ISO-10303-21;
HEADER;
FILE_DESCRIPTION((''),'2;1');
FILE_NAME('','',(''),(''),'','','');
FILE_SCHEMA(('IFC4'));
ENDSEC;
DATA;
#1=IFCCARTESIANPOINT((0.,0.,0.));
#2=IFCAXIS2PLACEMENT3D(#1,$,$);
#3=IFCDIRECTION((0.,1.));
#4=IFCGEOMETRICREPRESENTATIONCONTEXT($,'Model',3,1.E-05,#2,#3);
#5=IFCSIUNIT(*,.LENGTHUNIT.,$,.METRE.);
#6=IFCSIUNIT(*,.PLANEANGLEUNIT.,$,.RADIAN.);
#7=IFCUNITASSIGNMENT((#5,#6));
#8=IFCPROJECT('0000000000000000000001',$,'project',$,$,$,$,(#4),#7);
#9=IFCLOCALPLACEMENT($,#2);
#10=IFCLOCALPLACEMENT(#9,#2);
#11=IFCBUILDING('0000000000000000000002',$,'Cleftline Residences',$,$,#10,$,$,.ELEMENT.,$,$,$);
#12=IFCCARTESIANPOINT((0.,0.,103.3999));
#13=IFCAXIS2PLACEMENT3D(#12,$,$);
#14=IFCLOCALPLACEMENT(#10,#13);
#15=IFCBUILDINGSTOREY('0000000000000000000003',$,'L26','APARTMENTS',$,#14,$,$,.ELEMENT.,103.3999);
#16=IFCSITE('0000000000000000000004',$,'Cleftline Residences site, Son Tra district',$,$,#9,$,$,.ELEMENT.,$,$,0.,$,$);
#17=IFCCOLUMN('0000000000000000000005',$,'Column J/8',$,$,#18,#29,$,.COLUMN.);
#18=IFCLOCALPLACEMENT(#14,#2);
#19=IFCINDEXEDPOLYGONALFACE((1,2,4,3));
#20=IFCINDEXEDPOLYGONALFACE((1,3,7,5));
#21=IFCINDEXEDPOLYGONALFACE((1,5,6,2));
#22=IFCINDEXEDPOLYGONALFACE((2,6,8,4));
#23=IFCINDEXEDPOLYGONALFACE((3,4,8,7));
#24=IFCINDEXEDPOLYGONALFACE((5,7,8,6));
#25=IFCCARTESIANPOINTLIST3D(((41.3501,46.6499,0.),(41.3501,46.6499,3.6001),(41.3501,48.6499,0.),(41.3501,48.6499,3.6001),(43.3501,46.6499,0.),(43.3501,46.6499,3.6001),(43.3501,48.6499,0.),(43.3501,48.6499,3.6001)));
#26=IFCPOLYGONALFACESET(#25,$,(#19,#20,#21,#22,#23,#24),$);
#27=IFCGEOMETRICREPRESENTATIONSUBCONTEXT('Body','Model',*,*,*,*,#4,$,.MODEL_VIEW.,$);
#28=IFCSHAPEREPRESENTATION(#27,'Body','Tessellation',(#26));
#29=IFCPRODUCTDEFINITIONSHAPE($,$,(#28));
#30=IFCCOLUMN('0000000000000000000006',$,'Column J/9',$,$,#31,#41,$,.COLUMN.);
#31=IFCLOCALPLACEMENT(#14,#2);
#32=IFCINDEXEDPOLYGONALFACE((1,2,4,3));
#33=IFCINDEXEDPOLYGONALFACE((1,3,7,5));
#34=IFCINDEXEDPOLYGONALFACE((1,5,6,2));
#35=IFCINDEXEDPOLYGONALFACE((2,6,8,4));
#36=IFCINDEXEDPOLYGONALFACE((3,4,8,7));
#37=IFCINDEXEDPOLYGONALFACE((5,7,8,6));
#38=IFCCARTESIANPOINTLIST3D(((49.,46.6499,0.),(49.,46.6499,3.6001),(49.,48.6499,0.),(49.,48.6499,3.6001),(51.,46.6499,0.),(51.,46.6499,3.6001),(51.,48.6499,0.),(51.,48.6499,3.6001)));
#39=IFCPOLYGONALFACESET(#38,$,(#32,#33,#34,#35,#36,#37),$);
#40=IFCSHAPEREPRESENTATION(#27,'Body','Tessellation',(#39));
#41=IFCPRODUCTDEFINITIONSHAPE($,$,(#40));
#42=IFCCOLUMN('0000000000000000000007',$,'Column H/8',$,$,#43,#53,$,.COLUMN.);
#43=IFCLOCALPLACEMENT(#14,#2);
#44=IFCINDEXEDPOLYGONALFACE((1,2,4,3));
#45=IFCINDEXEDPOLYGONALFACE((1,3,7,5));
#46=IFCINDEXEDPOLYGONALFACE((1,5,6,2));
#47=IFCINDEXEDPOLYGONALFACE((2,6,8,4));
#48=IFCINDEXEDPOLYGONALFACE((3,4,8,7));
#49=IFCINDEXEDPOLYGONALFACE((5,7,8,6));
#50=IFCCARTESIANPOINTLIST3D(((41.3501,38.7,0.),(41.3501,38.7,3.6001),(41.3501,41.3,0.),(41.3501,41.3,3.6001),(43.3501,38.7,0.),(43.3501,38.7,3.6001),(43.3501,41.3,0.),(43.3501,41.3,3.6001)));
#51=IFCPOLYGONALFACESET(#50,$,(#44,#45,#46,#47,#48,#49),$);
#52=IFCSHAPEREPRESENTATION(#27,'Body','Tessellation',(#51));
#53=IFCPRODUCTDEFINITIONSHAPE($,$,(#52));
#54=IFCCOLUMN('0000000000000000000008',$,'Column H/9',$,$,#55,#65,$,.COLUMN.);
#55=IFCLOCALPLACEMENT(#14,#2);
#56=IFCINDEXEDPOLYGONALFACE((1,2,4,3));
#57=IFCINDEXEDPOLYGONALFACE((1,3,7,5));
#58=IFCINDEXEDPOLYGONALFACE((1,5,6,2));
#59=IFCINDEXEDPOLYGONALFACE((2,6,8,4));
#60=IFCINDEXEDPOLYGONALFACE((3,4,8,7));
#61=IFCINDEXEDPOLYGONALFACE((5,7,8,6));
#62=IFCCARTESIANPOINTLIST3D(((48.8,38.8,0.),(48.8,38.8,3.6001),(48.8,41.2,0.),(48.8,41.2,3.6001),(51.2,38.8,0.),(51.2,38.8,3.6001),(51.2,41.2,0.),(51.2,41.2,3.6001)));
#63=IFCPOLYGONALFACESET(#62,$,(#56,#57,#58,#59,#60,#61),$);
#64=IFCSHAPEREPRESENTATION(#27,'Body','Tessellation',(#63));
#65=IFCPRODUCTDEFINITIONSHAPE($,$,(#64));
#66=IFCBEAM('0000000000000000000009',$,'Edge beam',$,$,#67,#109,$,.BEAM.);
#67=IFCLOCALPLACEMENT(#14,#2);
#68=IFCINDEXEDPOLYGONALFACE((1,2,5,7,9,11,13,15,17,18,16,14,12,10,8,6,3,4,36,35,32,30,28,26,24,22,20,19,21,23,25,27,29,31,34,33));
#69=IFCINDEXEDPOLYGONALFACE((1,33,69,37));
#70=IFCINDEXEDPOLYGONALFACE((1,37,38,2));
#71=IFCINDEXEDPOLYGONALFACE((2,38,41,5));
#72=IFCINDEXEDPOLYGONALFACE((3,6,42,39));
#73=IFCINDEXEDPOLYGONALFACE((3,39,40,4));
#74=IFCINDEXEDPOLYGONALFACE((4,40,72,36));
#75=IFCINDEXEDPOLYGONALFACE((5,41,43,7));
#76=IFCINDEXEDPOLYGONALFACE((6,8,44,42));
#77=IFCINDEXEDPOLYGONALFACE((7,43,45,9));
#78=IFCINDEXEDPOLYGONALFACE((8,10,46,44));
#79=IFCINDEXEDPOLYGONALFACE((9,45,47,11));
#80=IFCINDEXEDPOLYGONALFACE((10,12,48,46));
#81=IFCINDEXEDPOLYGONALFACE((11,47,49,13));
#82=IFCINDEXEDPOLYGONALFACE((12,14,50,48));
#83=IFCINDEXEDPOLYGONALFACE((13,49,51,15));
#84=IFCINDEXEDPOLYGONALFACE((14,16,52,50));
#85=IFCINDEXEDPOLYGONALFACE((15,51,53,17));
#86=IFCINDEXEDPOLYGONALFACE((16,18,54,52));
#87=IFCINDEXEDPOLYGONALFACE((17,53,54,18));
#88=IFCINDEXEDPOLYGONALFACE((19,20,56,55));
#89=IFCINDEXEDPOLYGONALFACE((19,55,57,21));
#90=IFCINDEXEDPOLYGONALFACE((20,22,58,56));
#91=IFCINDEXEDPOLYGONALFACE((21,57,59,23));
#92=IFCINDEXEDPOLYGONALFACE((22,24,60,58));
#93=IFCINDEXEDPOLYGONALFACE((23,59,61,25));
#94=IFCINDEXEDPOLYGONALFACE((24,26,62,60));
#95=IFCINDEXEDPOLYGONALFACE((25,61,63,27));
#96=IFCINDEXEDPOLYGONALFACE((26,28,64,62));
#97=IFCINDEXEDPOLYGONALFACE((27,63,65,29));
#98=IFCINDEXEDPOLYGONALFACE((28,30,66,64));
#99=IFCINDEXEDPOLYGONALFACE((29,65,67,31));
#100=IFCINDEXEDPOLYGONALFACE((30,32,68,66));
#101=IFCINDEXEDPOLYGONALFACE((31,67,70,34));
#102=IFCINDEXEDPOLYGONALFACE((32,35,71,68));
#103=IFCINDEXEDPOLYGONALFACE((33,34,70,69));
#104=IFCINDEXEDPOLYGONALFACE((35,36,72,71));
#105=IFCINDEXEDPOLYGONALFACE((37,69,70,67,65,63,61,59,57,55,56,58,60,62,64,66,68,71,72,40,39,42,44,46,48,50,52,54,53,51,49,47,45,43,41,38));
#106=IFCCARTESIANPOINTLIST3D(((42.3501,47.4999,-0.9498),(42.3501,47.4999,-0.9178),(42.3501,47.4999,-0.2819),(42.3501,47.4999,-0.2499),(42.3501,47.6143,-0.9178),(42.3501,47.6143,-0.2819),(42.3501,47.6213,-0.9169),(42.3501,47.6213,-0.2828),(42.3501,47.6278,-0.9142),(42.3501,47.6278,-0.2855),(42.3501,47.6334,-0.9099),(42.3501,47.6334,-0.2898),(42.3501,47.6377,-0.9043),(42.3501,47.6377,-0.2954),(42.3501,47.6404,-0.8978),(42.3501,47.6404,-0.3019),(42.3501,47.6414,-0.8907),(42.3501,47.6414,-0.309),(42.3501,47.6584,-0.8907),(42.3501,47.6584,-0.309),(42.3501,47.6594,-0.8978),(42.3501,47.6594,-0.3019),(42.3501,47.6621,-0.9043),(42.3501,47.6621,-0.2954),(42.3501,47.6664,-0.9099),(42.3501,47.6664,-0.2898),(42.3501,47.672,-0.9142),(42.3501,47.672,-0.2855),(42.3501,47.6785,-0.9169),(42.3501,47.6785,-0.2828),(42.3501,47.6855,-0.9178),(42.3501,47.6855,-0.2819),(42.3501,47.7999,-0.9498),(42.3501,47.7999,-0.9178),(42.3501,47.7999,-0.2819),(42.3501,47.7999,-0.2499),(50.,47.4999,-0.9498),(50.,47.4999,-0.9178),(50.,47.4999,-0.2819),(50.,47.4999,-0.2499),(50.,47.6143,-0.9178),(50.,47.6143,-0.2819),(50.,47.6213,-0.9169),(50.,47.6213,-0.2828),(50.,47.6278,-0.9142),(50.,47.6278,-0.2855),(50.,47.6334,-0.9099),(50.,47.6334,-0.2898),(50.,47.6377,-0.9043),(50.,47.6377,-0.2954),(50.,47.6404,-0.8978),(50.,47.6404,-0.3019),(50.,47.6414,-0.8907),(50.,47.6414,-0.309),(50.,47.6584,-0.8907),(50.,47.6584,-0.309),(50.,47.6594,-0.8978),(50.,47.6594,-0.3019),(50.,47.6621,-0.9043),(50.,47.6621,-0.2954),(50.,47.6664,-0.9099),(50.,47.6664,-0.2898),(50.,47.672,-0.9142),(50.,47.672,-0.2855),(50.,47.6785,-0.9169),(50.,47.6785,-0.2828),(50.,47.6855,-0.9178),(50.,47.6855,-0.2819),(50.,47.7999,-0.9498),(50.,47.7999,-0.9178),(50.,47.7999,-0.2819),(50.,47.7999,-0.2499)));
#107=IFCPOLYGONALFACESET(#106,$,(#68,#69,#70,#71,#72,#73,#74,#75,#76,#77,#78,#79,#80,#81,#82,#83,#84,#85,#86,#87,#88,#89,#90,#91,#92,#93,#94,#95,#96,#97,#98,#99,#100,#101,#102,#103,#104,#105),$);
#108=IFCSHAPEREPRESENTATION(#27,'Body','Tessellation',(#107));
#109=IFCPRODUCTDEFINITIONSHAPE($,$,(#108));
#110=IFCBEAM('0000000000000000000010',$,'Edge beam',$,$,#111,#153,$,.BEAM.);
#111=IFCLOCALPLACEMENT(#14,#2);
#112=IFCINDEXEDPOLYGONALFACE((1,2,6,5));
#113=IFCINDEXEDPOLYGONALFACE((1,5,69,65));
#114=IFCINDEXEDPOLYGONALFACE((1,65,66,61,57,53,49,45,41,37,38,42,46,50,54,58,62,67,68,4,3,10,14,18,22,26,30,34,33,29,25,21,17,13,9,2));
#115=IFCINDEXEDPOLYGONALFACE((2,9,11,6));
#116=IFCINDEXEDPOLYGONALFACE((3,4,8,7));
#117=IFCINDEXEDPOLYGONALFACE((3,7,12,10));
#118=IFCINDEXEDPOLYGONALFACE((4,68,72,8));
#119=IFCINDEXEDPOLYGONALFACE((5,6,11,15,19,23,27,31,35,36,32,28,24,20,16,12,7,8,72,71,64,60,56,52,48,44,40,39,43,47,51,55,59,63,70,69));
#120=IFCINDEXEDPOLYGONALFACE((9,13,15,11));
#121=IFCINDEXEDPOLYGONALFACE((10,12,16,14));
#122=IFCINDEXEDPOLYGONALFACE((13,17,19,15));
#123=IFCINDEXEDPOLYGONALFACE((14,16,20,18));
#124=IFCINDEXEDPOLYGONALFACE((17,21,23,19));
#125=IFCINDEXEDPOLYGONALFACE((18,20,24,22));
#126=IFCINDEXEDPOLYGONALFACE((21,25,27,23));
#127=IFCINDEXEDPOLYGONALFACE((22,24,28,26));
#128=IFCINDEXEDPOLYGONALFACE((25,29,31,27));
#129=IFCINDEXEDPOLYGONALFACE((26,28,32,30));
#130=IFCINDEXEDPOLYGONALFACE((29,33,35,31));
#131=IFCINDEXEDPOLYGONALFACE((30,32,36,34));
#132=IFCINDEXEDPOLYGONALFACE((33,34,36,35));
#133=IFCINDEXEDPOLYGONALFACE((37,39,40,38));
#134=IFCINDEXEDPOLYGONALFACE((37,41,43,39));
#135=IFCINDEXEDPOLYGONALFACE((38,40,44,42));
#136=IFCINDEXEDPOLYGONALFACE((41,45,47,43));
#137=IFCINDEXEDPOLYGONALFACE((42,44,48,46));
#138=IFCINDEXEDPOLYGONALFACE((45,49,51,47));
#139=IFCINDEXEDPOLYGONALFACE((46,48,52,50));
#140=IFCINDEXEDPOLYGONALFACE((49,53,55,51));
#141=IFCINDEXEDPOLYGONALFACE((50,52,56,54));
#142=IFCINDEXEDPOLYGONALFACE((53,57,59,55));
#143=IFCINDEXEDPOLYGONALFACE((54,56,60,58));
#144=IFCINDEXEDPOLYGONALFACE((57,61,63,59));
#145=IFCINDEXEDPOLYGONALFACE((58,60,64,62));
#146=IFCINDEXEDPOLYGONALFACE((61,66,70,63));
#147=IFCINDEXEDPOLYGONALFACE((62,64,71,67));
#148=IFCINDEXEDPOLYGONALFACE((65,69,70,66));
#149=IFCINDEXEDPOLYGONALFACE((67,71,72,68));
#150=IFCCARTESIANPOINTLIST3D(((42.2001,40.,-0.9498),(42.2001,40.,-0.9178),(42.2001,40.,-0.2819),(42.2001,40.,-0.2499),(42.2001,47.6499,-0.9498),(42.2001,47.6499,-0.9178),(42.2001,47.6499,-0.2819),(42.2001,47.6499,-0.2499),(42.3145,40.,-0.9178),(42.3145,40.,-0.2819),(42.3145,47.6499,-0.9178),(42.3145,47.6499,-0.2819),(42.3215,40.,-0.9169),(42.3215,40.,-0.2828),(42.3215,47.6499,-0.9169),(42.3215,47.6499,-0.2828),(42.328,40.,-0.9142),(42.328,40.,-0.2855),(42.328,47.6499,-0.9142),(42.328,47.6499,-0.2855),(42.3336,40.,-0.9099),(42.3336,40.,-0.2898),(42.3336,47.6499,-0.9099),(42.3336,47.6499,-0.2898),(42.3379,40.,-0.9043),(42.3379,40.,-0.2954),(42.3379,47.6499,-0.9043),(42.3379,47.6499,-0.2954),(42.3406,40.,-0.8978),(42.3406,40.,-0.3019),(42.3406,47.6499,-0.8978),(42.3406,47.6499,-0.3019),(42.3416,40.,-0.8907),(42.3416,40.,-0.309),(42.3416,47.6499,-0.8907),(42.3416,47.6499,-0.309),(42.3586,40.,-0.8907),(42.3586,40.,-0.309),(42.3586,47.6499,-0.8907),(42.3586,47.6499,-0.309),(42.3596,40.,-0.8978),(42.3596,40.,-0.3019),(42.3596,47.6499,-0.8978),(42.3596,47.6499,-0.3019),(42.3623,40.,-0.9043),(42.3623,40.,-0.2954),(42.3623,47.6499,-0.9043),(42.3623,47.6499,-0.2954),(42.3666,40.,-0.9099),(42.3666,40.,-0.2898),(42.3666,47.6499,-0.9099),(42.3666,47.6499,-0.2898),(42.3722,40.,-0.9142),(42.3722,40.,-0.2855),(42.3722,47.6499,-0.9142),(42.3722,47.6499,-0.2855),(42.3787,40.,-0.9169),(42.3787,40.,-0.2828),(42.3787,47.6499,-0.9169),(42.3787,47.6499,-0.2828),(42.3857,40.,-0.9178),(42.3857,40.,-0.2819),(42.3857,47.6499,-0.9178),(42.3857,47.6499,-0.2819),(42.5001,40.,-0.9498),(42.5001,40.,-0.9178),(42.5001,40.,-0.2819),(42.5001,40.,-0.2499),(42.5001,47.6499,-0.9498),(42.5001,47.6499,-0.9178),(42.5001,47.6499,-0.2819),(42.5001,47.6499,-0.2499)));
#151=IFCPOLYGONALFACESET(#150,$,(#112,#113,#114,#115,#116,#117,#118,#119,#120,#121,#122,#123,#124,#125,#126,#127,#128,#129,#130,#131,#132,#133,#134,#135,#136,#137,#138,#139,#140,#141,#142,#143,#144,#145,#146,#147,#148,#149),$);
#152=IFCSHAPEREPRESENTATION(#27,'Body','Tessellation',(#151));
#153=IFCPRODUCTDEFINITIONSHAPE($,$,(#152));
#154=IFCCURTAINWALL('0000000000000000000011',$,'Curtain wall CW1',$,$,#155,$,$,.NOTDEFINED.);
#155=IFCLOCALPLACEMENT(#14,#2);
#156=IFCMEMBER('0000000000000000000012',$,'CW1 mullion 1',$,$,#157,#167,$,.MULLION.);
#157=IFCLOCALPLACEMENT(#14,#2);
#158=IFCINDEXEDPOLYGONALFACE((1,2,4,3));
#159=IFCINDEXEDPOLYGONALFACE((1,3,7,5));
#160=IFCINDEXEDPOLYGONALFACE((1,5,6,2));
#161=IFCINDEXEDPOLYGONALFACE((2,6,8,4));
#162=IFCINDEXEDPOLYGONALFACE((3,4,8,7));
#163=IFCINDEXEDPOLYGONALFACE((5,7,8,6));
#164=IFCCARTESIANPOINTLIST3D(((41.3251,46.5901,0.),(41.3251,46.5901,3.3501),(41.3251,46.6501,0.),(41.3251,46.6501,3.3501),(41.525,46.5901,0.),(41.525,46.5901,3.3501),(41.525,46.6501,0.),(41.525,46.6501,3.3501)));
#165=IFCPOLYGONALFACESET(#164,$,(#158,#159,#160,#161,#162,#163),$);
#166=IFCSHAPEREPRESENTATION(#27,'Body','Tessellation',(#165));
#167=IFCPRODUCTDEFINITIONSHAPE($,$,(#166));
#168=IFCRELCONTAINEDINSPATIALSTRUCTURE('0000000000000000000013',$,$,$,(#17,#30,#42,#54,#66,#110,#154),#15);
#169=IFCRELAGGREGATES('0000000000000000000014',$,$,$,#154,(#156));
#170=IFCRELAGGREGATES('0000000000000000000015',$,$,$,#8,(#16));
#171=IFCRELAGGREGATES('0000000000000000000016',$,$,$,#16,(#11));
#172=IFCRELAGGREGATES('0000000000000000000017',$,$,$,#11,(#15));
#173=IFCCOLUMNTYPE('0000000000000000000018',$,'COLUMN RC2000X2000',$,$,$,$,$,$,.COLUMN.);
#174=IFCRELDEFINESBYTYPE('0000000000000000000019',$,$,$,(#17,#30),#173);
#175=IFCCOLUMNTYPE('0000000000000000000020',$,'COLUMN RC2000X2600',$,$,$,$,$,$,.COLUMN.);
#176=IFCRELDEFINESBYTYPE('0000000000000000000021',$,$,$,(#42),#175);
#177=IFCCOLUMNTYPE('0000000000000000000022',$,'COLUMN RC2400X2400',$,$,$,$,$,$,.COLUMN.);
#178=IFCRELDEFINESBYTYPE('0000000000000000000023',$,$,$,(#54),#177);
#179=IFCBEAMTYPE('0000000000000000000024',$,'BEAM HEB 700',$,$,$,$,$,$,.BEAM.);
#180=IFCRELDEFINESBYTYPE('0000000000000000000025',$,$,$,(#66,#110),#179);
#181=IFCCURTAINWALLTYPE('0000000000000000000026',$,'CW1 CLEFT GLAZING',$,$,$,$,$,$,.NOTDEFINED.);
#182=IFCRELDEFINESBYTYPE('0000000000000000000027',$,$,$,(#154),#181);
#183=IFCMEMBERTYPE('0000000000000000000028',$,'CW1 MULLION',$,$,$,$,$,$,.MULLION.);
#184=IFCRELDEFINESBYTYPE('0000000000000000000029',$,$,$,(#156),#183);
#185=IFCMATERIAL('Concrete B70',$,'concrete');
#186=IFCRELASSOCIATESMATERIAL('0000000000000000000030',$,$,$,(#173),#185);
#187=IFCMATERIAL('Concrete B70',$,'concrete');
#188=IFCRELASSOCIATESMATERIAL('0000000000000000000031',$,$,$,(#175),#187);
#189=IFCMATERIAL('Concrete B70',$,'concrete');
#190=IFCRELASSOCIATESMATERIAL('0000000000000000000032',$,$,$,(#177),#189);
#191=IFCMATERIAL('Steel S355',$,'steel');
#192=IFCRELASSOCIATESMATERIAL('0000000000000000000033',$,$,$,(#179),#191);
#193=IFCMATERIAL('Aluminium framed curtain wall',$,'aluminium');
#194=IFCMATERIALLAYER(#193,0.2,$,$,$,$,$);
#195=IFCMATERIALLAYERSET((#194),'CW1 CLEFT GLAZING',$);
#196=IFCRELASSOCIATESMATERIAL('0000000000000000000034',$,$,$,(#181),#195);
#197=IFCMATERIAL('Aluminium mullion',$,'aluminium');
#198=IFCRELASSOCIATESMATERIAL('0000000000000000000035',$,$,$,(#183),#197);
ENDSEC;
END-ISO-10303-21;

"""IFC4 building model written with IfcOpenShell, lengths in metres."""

from ifc_helpers import new_model, si_unit, direction, frame, origin, origin_2d, place, context, subcontext, project, spatial, rectangle, i_section, extrude, material, layer, layer_set, material_profile, profile_set, type_object, element, aggregate, save


model = new_model("IFC4")

# Units and contexts
model_context = context("Model", 3, precision=1e-05, world=origin(), true_north=direction((0.0, 1.0)))
body_context = subcontext(model_context, "Body", "Model", "MODEL_VIEW")
ifc_project = project(units=[si_unit("LENGTHUNIT", "METRE"), si_unit("PLANEANGLEUNIT", "RADIAN")], contexts=[model_context])

# Site, building, storey
site_placement = place(None, origin())
site = spatial("IfcSite", under=ifc_project, at=site_placement, Name="Cleftline Residences site, Son Tra district", CompositionType="ELEMENT", RefElevation=0.0)
building_placement = place(site_placement, origin())
building = spatial("IfcBuilding", under=site, at=building_placement, Name="Cleftline Residences", CompositionType="ELEMENT")
storey_placement = place(building_placement, frame((0.0, 0.0, 103.3999)))
storey = spatial("IfcBuildingStorey", under=building, at=storey_placement, Name="L26", Description="APARTMENTS", CompositionType="ELEMENT", Elevation=103.3999)

# Columns
ifc_material_1 = material(Name="Concrete B70", Category="concrete")
ifc_material_profile_1 = material_profile(ifc_material_1, rectangle(XDim=2.0, YDim=2.0, at=origin_2d()))
ifc_profile_set_1 = profile_set([ifc_material_profile_1], Name="Concrete B70")
column_type_1 = type_object("IfcColumnType", Name="COLUMN RC2000X2000", PredefinedType="COLUMN", material=ifc_profile_set_1)
for number, where, z_axis, x_axis, name in (
    (1, (42.3501, 47.6499, 0.0), (0.0, 0.0, 1.0), (1.0, 0.0, 0.0), "Column J/8"),
    (2, (50.0, 47.6499, 0.0), (0.0, 0.0, 1.0), (1.0, 0.0, 0.0), "Column J/9"),
):
    element("IfcColumn", number, at=place(storey_placement, frame(where, z_axis=z_axis, x_axis=x_axis)), inside=storey, type_object=column_type_1, Name=name, PredefinedType="COLUMN", context=body_context, shape_type="SweptSolid", body=[
        extrude(rectangle(XDim=2.0, YDim=2.0, at=origin_2d()), origin(), (0.0, 0.0, 1.0), 3.6001),
    ])
ifc_material_2 = material(Name="Concrete B70", Category="concrete")
ifc_material_profile_2 = material_profile(ifc_material_2, rectangle(XDim=2.0, YDim=2.6001, at=origin_2d()))
ifc_profile_set_2 = profile_set([ifc_material_profile_2], Name="Concrete B70")
column_type_2 = type_object("IfcColumnType", Name="COLUMN RC2000X2600", PredefinedType="COLUMN", material=ifc_profile_set_2)
column_1_placement = place(storey_placement, frame((42.3501, 40.0, 0.0), z_axis=(0.0, 0.0, 1.0), x_axis=(1.0, 0.0, 0.0)))
element("IfcColumn", 3, at=column_1_placement, inside=storey, type_object=column_type_2, Name="Column H/8", PredefinedType="COLUMN", context=body_context, shape_type="SweptSolid", body=[
    extrude(rectangle(XDim=2.0, YDim=2.6001, at=origin_2d()), origin(), (0.0, 0.0, 1.0), 3.6001),
])
ifc_material_3 = material(Name="Concrete B70", Category="concrete")
ifc_material_profile_3 = material_profile(ifc_material_3, rectangle(XDim=2.3999, YDim=2.3999, at=origin_2d()))
ifc_profile_set_3 = profile_set([ifc_material_profile_3], Name="Concrete B70")
column_type_3 = type_object("IfcColumnType", Name="COLUMN RC2400X2400", PredefinedType="COLUMN", material=ifc_profile_set_3)
column_2_placement = place(storey_placement, frame((50.0, 40.0, 0.0), z_axis=(0.0, 0.0, 1.0), x_axis=(1.0, 0.0, 0.0)))
element("IfcColumn", 4, at=column_2_placement, inside=storey, type_object=column_type_3, Name="Column H/9", PredefinedType="COLUMN", context=body_context, shape_type="SweptSolid", body=[
    extrude(rectangle(XDim=2.3999, YDim=2.3999, at=origin_2d()), origin(), (0.0, 0.0, 1.0), 3.6001),
])

# Beams
ifc_material_4 = material(Name="Steel S355", Category="steel")
ifc_material_profile_4 = material_profile(ifc_material_4, i_section(OverallWidth=0.3, OverallDepth=0.7, WebThickness=0.0171, FlangeThickness=0.032, FilletRadius=0.0271, at=origin_2d()))
ifc_profile_set_4 = profile_set([ifc_material_profile_4], Name="Steel S355")
beam_type = type_object("IfcBeamType", Name="BEAM HEB 700", PredefinedType="BEAM", material=ifc_profile_set_4)
for number, where, z_axis, x_axis, name in (
    (5, (50.0, 47.6499, -0.5999), (-1.0, 0.0, 0.0), (0.0, -1.0, 0.0), "Edge beam"),
    (6, (42.3501, 47.6499, -0.5999), (0.0, -1.0, 0.0), (1.0, 0.0, 0.0), "Edge beam"),
):
    element("IfcBeam", number, at=place(storey_placement, frame(where, z_axis=z_axis, x_axis=x_axis)), inside=storey, type_object=beam_type, Name=name, PredefinedType="BEAM", context=body_context, shape_type="SweptSolid", body=[
        extrude(i_section(OverallWidth=0.3, OverallDepth=0.7, WebThickness=0.0171, FlangeThickness=0.032, FilletRadius=0.0271, at=origin_2d()), origin(), (0.0, 0.0, 1.0), 7.6499),
    ])

# Curtain wall, member
ifc_material_5 = material(Name="Aluminium framed curtain wall", Category="aluminium")
ifc_layer_1 = layer(ifc_material_5, 0.2)
ifc_layer_set_1 = layer_set([ifc_layer_1], Name="CW1 CLEFT GLAZING")
curtain_wall_type = type_object("IfcCurtainWallType", Name="CW1 CLEFT GLAZING", PredefinedType="NOTDEFINED", material=ifc_layer_set_1)
curtain_wall_placement = place(storey_placement, origin())
curtain_wall = element("IfcCurtainWall", 7, at=curtain_wall_placement, inside=storey, type_object=curtain_wall_type, Name="Curtain wall CW1", PredefinedType="NOTDEFINED")
ifc_material_6 = material(Name="Aluminium mullion", Category="aluminium")
ifc_material_profile_5 = material_profile(ifc_material_6, rectangle(XDim=0.2, YDim=0.0601, at=origin_2d()))
ifc_profile_set_5 = profile_set([ifc_material_profile_5], Name="Aluminium mullion")
member_type = type_object("IfcMemberType", Name="CW1 MULLION", PredefinedType="MULLION", material=ifc_profile_set_5)
member_placement = place(storey_placement, frame((41.425, 46.6201, 0.0), z_axis=(0.0, 0.0, 1.0), x_axis=(1.0, 0.0, 0.0)))
member = element("IfcMember", 8, at=member_placement, type_object=member_type, Name="CW1 mullion 1", PredefinedType="MULLION", context=body_context, shape_type="SweptSolid", body=[
    extrude(rectangle(XDim=0.2, YDim=0.0601, at=origin_2d()), origin(), (0.0, 0.0, 1.0), 3.3501),
])
aggregate(curtain_wall, [member])

save(model, "model.ifc")
